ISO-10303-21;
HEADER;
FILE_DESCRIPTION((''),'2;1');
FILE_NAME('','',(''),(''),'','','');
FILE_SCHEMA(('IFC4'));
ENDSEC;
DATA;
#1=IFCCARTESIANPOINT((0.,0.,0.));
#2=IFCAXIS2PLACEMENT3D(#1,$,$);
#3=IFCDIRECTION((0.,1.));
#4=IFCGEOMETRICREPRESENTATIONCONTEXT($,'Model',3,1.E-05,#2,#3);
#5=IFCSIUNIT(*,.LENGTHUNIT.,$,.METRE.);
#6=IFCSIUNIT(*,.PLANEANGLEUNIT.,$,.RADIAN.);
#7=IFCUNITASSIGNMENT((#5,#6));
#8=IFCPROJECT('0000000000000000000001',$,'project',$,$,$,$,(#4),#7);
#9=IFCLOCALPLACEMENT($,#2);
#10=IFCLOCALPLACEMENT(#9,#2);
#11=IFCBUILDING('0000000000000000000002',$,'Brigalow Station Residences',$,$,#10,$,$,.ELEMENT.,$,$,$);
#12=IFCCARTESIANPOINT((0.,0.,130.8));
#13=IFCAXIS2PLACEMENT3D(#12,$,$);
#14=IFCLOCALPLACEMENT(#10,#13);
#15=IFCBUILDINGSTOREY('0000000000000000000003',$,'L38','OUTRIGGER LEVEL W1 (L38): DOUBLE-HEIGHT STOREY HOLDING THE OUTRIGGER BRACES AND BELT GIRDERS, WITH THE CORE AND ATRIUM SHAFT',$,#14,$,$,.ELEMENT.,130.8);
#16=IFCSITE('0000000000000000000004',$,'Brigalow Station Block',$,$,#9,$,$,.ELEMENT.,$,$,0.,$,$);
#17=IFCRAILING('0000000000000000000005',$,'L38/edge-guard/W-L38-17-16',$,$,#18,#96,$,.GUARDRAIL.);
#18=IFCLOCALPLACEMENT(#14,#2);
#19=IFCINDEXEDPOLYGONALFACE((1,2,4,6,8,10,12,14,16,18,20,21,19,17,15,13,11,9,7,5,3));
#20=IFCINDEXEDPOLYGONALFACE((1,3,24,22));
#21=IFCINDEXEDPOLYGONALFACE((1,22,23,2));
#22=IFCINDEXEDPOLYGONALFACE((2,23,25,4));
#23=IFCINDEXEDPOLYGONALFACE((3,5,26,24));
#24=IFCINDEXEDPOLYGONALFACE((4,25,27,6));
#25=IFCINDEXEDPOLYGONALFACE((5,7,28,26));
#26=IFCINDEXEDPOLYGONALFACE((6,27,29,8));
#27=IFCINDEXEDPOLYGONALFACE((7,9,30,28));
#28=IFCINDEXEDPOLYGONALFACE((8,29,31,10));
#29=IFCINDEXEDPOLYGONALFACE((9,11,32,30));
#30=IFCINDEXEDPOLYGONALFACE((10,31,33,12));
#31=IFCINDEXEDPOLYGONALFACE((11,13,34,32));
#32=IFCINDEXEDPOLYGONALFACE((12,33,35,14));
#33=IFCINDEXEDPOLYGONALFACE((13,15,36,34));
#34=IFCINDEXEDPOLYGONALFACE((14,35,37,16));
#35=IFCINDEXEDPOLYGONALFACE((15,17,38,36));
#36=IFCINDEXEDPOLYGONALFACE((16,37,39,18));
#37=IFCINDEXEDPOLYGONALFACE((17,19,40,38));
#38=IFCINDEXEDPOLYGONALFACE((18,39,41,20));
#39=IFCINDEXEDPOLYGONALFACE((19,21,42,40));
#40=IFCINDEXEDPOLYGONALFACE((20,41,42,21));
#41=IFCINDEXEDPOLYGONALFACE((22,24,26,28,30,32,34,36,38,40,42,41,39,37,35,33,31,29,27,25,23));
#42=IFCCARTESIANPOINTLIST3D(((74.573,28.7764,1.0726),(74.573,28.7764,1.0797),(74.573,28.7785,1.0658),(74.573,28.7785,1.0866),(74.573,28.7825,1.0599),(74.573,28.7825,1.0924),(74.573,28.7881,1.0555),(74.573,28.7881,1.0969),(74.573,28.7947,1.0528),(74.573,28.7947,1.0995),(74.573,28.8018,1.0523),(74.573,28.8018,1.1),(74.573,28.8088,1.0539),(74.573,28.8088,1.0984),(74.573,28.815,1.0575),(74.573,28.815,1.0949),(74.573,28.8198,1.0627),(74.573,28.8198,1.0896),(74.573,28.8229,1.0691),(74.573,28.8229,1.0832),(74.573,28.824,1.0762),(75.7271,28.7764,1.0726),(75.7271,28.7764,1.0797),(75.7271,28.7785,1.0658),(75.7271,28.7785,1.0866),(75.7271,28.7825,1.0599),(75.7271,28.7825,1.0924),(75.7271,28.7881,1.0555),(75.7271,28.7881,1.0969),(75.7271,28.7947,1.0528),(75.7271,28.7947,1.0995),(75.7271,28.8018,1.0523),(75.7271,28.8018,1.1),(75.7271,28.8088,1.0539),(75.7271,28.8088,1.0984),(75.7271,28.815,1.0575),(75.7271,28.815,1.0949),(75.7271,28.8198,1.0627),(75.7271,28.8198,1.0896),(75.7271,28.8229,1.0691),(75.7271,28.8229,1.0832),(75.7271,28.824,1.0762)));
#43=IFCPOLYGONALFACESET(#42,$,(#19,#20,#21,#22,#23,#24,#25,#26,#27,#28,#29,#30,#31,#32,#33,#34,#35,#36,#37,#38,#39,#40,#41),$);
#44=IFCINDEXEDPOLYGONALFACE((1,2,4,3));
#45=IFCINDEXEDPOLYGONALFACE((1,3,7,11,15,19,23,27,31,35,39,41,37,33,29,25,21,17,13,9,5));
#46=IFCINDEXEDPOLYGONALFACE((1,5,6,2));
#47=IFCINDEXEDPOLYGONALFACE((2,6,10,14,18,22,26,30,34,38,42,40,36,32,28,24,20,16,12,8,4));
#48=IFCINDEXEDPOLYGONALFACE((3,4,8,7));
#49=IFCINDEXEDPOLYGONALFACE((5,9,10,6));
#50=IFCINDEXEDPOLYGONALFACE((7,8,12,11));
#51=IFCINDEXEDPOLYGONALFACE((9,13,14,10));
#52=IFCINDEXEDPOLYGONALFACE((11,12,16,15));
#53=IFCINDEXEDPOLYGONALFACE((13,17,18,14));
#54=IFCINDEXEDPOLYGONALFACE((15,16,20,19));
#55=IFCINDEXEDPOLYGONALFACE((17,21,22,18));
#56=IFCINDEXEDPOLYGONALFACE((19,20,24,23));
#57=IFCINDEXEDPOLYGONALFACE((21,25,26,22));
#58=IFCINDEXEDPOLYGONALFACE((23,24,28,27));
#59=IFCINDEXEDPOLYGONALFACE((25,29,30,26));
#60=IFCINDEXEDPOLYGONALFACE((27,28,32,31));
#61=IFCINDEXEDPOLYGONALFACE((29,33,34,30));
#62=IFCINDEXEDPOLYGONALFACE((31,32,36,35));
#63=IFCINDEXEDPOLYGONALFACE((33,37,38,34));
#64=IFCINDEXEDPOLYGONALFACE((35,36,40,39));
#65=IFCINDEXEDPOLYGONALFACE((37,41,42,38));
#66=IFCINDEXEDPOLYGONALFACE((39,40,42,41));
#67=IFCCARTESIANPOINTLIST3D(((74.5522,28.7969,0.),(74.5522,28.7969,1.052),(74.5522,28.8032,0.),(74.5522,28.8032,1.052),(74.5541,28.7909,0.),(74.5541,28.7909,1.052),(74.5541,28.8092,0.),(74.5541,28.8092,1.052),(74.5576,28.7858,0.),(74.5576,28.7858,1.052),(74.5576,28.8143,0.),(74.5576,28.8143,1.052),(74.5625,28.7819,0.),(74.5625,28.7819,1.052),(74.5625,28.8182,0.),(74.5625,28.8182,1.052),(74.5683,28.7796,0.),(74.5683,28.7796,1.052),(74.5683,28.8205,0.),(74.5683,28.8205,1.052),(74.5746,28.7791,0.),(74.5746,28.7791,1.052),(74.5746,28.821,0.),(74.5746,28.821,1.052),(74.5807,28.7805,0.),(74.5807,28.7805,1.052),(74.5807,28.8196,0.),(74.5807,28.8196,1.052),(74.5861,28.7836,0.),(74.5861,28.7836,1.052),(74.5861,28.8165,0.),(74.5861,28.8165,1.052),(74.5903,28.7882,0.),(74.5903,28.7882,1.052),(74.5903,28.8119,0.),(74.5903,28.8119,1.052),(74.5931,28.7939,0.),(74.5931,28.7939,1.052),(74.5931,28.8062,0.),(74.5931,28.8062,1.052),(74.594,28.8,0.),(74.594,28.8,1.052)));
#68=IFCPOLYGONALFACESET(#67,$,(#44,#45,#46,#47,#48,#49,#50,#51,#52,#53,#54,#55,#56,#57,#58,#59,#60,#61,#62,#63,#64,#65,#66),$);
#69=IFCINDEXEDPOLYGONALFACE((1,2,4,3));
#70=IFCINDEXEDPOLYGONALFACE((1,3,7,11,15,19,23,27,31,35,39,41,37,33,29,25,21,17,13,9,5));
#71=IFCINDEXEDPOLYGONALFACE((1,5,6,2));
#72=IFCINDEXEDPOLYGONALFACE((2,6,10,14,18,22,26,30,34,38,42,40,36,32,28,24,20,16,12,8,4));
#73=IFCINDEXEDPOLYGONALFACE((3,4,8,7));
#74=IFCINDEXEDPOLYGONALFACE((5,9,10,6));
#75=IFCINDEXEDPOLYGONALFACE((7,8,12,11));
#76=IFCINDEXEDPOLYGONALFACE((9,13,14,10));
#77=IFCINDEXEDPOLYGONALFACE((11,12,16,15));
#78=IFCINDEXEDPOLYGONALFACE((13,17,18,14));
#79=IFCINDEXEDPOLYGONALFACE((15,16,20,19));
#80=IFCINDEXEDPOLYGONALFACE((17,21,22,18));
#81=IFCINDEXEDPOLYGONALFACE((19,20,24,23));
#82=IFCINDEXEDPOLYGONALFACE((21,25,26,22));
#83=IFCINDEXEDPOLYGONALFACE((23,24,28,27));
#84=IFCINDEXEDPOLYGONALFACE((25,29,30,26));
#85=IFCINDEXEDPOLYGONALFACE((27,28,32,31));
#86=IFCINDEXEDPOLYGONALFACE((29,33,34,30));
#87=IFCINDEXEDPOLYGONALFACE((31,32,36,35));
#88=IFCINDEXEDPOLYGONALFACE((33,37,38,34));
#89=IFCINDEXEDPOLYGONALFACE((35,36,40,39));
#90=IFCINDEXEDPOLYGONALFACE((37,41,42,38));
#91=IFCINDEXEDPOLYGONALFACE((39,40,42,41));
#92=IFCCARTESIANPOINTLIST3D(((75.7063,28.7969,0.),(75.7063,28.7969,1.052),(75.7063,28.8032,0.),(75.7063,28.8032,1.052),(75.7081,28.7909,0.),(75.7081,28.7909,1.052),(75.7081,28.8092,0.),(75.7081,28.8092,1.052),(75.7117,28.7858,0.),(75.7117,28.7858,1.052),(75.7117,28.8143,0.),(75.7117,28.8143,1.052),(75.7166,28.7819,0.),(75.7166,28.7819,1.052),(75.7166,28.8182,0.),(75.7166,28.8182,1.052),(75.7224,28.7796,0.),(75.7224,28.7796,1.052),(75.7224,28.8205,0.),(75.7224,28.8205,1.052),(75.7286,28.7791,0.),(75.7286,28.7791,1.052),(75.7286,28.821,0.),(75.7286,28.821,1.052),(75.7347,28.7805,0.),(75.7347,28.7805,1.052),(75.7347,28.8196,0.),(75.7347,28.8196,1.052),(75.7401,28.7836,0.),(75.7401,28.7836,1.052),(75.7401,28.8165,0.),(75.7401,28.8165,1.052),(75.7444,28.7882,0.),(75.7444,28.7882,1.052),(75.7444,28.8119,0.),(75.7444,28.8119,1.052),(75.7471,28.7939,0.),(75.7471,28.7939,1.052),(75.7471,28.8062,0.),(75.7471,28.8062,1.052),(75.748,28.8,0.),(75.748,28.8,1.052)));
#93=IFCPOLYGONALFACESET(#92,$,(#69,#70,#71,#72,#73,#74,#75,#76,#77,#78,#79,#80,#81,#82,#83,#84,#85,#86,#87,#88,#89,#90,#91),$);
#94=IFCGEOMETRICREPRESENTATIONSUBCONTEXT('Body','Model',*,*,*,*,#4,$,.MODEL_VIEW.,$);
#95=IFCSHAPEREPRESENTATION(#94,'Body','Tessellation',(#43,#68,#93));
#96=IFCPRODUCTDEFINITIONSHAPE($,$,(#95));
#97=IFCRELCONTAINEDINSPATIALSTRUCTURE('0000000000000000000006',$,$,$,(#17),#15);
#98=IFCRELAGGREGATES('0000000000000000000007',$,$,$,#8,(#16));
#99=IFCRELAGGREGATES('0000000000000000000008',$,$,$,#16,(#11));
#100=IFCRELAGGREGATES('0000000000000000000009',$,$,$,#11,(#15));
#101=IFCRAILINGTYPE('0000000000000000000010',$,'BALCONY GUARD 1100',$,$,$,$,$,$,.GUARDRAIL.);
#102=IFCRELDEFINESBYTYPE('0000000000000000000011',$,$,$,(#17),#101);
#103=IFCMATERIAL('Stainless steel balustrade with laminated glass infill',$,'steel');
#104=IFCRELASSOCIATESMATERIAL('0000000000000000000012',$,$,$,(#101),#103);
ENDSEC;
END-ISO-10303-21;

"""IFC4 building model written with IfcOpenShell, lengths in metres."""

from ifc_helpers import new_model, si_unit, direction, frame, origin, origin_2d, place, context, subcontext, project, spatial, circle, extrude, material, type_object, element, save


model = new_model("IFC4")

# Units and contexts
model_context = context("Model", 3, precision=1e-05, world=origin(), true_north=direction((0.0, 1.0)))
body_context = subcontext(model_context, "Body", "Model", "MODEL_VIEW")
ifc_project = project(units=[si_unit("LENGTHUNIT", "METRE"), si_unit("PLANEANGLEUNIT", "RADIAN")], contexts=[model_context])

# Site, building, storey
site_placement = place(None, origin())
site = spatial("IfcSite", under=ifc_project, at=site_placement, Name="Brigalow Station Block", CompositionType="ELEMENT", RefElevation=0.0)
building_placement = place(site_placement, origin())
building = spatial("IfcBuilding", under=site, at=building_placement, Name="Brigalow Station Residences", CompositionType="ELEMENT")
storey_placement = place(building_placement, frame((0.0, 0.0, 130.8)))
storey = spatial("IfcBuildingStorey", under=building, at=storey_placement, Name="L38", Description="OUTRIGGER LEVEL W1 (L38): DOUBLE-HEIGHT STOREY HOLDING THE OUTRIGGER BRACES AND BELT GIRDERS, WITH THE CORE AND ATRIUM SHAFT", CompositionType="ELEMENT", Elevation=130.8)

# Railing
ifc_material_1 = material(Name="Stainless steel balustrade with laminated glass infill", Category="steel")
railing_type_1 = type_object("IfcRailingType", Name="BALCONY GUARD 1100", PredefinedType="GUARDRAIL", material=ifc_material_1)
railing_1_placement = place(storey_placement, frame((74.573, 28.8, 0.0)))
element("IfcRailing", 1, at=railing_1_placement, inside=storey, type_object=railing_type_1, Name="L38/edge-guard/W-L38-17-16", PredefinedType="GUARDRAIL", context=body_context, shape_type="SweptSolid", body=[
    extrude(circle(Radius=0.0239, at=origin_2d()), frame((0.0, 0.0, 1.0762), z_axis=(1.0, 0.0, 0.0), x_axis=(0.0, 1.0, 0.0)), (0.0, 0.0, 1.0), 1.1541),
    extrude(circle(Radius=0.021, at=origin_2d()), origin(), (0.0, 0.0, 1.0), 1.052),
    extrude(circle(Radius=0.021, at=origin_2d()), frame((1.1541, 0.0, 0.0)), (0.0, 0.0, 1.0), 1.052),
])

save(model, "model.ifc")
